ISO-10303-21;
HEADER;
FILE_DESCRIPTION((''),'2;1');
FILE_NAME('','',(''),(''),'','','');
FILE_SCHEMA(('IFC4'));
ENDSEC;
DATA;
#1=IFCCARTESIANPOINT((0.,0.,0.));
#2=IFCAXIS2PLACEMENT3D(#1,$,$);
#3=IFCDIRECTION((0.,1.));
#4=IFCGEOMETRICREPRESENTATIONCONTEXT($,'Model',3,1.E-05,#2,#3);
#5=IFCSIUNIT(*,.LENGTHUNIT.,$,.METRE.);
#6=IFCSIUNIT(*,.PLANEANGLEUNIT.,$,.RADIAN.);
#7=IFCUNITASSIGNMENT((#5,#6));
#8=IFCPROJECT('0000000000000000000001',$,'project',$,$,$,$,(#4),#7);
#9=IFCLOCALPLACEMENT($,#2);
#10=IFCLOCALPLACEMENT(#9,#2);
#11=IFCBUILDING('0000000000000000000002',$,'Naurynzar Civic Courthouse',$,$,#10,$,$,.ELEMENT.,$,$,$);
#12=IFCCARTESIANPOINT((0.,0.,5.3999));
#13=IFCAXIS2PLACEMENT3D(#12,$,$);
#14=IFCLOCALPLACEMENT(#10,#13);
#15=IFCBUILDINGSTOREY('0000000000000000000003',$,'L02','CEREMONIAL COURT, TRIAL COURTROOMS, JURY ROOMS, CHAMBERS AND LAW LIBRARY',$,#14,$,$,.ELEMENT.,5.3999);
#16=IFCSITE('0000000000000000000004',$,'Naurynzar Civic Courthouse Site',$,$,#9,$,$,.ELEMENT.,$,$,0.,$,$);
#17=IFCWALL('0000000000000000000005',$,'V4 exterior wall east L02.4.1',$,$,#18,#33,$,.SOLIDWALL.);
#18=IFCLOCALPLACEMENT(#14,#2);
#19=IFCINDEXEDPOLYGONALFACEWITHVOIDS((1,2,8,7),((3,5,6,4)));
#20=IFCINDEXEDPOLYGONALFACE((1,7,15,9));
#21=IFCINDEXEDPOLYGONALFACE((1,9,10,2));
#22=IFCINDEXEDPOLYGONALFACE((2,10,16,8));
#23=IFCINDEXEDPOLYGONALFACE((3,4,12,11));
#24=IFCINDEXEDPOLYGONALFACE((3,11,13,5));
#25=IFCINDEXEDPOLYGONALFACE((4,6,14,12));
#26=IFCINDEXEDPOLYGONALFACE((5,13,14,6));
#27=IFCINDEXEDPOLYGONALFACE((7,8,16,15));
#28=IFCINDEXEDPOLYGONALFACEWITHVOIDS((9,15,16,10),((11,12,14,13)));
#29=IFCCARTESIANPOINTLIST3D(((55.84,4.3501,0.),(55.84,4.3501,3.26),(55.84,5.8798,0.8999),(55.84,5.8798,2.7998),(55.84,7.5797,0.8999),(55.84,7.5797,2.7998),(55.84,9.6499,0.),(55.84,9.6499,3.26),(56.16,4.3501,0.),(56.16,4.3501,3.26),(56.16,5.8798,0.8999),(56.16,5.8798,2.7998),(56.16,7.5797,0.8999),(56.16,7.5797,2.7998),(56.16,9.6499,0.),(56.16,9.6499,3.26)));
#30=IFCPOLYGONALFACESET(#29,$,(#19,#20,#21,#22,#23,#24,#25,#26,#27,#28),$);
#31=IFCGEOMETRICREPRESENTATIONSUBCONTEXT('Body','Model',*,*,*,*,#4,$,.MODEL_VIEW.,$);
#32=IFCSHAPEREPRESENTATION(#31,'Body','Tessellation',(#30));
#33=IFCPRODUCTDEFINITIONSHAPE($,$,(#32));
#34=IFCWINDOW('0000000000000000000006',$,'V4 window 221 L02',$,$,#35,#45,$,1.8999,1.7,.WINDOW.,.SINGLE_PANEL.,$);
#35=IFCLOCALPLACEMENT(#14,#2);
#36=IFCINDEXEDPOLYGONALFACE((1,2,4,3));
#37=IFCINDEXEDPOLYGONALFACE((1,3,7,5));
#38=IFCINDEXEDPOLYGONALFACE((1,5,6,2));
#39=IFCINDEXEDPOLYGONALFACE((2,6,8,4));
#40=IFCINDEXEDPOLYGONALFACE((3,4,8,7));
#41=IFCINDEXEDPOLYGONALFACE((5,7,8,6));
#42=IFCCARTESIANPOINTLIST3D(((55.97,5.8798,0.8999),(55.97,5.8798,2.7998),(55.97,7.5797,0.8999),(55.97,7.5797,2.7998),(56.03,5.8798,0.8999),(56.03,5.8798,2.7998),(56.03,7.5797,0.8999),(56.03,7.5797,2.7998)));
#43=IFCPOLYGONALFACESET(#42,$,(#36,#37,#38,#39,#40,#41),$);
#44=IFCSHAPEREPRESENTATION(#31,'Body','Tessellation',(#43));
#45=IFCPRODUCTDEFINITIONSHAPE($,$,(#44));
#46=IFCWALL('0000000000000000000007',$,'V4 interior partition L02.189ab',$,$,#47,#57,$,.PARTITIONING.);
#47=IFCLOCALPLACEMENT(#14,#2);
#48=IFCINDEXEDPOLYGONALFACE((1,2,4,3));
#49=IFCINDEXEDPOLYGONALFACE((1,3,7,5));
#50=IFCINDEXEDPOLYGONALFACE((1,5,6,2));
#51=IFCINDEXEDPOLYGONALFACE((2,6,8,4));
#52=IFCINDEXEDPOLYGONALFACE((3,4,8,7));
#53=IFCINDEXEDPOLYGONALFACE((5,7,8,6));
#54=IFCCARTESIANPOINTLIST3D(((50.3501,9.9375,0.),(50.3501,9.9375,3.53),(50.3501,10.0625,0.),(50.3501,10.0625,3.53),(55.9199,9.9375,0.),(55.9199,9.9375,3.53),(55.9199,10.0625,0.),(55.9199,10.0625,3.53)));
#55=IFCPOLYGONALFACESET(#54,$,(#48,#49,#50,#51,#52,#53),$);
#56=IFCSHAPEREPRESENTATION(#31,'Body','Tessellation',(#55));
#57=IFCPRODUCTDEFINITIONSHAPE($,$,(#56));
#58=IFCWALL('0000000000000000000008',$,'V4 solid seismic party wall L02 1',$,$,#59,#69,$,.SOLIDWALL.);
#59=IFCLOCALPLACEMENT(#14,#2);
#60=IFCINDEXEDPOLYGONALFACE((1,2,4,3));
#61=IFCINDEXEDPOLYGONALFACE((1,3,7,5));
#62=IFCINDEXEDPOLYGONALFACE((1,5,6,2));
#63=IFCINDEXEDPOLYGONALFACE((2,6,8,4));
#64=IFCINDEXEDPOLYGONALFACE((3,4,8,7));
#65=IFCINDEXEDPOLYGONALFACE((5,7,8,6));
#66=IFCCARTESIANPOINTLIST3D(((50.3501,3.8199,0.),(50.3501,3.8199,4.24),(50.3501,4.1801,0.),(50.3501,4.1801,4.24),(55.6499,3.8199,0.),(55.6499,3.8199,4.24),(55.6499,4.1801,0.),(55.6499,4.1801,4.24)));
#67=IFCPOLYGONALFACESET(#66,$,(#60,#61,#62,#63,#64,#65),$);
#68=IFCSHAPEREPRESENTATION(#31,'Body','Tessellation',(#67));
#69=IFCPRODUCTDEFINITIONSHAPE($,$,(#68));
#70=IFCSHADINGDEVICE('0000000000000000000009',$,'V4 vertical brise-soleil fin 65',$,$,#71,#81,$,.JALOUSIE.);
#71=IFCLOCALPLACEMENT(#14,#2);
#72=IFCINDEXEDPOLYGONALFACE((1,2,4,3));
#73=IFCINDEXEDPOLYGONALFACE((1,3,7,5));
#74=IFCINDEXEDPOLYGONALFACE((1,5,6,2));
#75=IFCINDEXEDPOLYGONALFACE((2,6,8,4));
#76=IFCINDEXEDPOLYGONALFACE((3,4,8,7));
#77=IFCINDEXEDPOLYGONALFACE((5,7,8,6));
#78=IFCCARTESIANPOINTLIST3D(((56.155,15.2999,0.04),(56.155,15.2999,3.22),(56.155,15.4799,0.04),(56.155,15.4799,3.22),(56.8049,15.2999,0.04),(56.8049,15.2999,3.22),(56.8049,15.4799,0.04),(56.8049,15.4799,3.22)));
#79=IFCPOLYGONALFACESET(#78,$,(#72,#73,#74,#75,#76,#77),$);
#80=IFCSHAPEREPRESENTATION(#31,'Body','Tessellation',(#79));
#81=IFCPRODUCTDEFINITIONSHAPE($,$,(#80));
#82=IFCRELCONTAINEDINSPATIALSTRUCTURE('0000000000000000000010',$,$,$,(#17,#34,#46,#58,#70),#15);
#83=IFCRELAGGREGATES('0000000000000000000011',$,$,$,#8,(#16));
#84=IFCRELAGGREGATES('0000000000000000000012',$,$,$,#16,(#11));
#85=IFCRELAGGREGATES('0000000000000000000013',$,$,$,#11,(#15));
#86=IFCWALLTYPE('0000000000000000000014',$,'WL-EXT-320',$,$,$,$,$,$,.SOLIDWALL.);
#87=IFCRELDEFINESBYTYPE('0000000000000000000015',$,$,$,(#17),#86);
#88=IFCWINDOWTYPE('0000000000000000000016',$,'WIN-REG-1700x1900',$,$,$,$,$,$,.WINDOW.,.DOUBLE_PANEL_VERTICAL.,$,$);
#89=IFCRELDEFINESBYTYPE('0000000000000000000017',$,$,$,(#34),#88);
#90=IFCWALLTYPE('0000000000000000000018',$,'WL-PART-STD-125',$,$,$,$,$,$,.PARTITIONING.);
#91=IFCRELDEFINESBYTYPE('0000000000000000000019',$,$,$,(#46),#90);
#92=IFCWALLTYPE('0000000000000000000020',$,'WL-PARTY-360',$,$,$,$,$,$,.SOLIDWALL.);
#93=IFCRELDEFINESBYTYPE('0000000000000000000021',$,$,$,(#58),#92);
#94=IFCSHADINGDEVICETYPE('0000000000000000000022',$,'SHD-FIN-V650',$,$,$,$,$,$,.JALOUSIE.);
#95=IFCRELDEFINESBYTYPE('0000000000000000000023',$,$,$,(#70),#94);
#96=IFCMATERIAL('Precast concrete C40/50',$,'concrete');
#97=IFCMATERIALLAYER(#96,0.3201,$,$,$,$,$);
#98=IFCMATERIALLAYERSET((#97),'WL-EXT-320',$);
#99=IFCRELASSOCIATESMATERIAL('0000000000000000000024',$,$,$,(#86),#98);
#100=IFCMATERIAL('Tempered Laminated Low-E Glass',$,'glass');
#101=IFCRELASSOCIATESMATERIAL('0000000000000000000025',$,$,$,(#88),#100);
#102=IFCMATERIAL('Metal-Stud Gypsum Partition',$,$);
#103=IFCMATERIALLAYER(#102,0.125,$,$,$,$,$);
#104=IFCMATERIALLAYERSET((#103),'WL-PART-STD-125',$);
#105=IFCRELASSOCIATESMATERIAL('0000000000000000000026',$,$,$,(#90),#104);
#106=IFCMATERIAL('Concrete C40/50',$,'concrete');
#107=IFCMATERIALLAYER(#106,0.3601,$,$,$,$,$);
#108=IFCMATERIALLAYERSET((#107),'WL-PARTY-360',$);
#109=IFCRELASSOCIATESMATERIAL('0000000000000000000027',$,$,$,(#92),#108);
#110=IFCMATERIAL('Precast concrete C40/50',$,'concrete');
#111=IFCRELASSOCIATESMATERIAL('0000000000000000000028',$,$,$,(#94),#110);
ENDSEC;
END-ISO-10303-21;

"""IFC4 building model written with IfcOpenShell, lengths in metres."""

from ifc_helpers import new_model, si_unit, direction, frame, frame_2d, origin, origin_2d, place, context, subcontext, project, spatial, rectangle, extrude, material, layer, layer_set, type_object, element, fill, save


model = new_model("IFC4")

# Units and contexts
model_context = context("Model", 3, precision=1e-05, world=origin(), true_north=direction((0.0, 1.0)))
body_context = subcontext(model_context, "Body", "Model", "MODEL_VIEW")
ifc_project = project(units=[si_unit("LENGTHUNIT", "METRE"), si_unit("PLANEANGLEUNIT", "RADIAN")], contexts=[model_context])

# Site, building, storey
site_placement = place(None, origin())
site = spatial("IfcSite", under=ifc_project, at=site_placement, Name="Naurynzar Civic Courthouse Site", CompositionType="ELEMENT", RefElevation=0.0)
building_placement = place(site_placement, origin())
building = spatial("IfcBuilding", under=site, at=building_placement, Name="Naurynzar Civic Courthouse", CompositionType="ELEMENT")
storey_placement = place(building_placement, frame((0.0, 0.0, 5.3999)))
storey = spatial("IfcBuildingStorey", under=building, at=storey_placement, Name="L02", Description="CEREMONIAL COURT, TRIAL COURTROOMS, JURY ROOMS, CHAMBERS AND LAW LIBRARY", CompositionType="ELEMENT", Elevation=5.3999)

# Wall, opening, window
ifc_material_1 = material(Name="Precast concrete C40/50", Category="concrete")
ifc_layer_1 = layer(ifc_material_1, 0.3201)
ifc_layer_set_1 = layer_set([ifc_layer_1], Name="WL-EXT-320")
wall_type_1 = type_object("IfcWallType", Name="WL-EXT-320", PredefinedType="SOLIDWALL", material=ifc_layer_set_1)
wall_1_placement = place(storey_placement, frame((56.0, 9.6499, 0.0), z_axis=(0.0, 0.0, 1.0), x_axis=(0.0, -1.0, 0.0)))
wall_1 = element("IfcWall", 1, at=wall_1_placement, inside=storey, type_object=wall_type_1, Name="V4 exterior wall east L02.4.1", PredefinedType="SOLIDWALL", context=body_context, shape_type="SweptSolid", body=[
    extrude(rectangle(XDim=5.2998, YDim=0.3201, at=frame_2d((2.6499, 0.0))), origin(), (0.0, 0.0, 1.0), 3.26),
])
opening_placement = place(wall_1_placement, frame((2.0701, 0.0, 0.8999)))
opening = element("IfcOpeningElement", 2, at=opening_placement, cuts=wall_1, PredefinedType="OPENING", context=body_context, shape_type="SweptSolid", body=[
    extrude(rectangle(XDim=1.7, YDim=1.8999, at=frame_2d((0.8501, 0.95))), frame((0.0, 0.1699, 0.0), z_axis=(0.0, -1.0, 0.0), x_axis=(1.0, 0.0, 0.0)), (0.0, 0.0, 1.0), 0.3401),
])
ifc_material_2 = material(Name="Tempered Laminated Low-E Glass", Category="glass")
window_type = type_object("IfcWindowType", Name="WIN-REG-1700x1900", PartitioningType="DOUBLE_PANEL_VERTICAL", PredefinedType="WINDOW", material=ifc_material_2)
window_placement = place(opening_placement, origin())
window = element("IfcWindow", 3, at=window_placement, inside=storey, type_object=window_type, Name="V4 window 221 L02", OverallHeight=1.8999, OverallWidth=1.7, PartitioningType="SINGLE_PANEL", PredefinedType="WINDOW", context=body_context, shape_type="SweptSolid", body=[
    extrude(rectangle(XDim=1.7, YDim=1.8999, at=frame_2d((0.8501, 0.95))), frame((0.0, 0.03, 0.0), z_axis=(0.0, -1.0, 0.0), x_axis=(1.0, 0.0, 0.0)), (0.0, 0.0, 1.0), 0.0601),
])
fill(opening, window)

# Walls
ifc_material_3 = material(Name="Metal-Stud Gypsum Partition")
ifc_layer_2 = layer(ifc_material_3, 0.125)
ifc_layer_set_2 = layer_set([ifc_layer_2], Name="WL-PART-STD-125")
wall_type_2 = type_object("IfcWallType", Name="WL-PART-STD-125", PredefinedType="PARTITIONING", material=ifc_layer_set_2)
wall_2_placement = place(storey_placement, frame((50.3501, 10.0, 0.0), z_axis=(0.0, 0.0, 1.0), x_axis=(1.0, 0.0, 0.0)))
element("IfcWall", 4, at=wall_2_placement, inside=storey, type_object=wall_type_2, Name="V4 interior partition L02.189ab", PredefinedType="PARTITIONING", context=body_context, shape_type="SweptSolid", body=[
    extrude(rectangle(XDim=5.5698, YDim=0.125, at=frame_2d((2.7849, 0.0))), origin(), (0.0, 0.0, 1.0), 3.53),
])
ifc_material_4 = material(Name="Concrete C40/50", Category="concrete")
ifc_layer_3 = layer(ifc_material_4, 0.3601)
ifc_layer_set_3 = layer_set([ifc_layer_3], Name="WL-PARTY-360")
wall_type_3 = type_object("IfcWallType", Name="WL-PARTY-360", PredefinedType="SOLIDWALL", material=ifc_layer_set_3)
wall_3_placement = place(storey_placement, frame((55.6499, 4.0, 0.0), z_axis=(0.0, 0.0, 1.0), x_axis=(-1.0, 0.0, 0.0)))
element("IfcWall", 5, at=wall_3_placement, inside=storey, type_object=wall_type_3, Name="V4 solid seismic party wall L02 1", PredefinedType="SOLIDWALL", context=body_context, shape_type="SweptSolid", body=[
    extrude(rectangle(XDim=5.2998, YDim=0.3601, at=frame_2d((2.6499, 0.0))), origin(), (0.0, 0.0, 1.0), 4.24),
])

# Shading device
ifc_material_5 = material(Name="Precast concrete C40/50", Category="concrete")
shading_device_type = type_object("IfcShadingDeviceType", Name="SHD-FIN-V650", PredefinedType="JALOUSIE", material=ifc_material_5)
shading_device_placement = place(storey_placement, frame((56.48, 15.3899, 0.04), z_axis=(0.0, 0.0, 1.0), x_axis=(0.0, -1.0, 0.0)))
element("IfcShadingDevice", 6, at=shading_device_placement, inside=storey, type_object=shading_device_type, Name="V4 vertical brise-soleil fin 65", PredefinedType="JALOUSIE", context=body_context, shape_type="SweptSolid", body=[
    extrude(rectangle(XDim=0.1799, YDim=0.6499, at=origin_2d()), origin(), (0.0, 0.0, 1.0), 3.1799),
])

save(model, "model.ifc")
